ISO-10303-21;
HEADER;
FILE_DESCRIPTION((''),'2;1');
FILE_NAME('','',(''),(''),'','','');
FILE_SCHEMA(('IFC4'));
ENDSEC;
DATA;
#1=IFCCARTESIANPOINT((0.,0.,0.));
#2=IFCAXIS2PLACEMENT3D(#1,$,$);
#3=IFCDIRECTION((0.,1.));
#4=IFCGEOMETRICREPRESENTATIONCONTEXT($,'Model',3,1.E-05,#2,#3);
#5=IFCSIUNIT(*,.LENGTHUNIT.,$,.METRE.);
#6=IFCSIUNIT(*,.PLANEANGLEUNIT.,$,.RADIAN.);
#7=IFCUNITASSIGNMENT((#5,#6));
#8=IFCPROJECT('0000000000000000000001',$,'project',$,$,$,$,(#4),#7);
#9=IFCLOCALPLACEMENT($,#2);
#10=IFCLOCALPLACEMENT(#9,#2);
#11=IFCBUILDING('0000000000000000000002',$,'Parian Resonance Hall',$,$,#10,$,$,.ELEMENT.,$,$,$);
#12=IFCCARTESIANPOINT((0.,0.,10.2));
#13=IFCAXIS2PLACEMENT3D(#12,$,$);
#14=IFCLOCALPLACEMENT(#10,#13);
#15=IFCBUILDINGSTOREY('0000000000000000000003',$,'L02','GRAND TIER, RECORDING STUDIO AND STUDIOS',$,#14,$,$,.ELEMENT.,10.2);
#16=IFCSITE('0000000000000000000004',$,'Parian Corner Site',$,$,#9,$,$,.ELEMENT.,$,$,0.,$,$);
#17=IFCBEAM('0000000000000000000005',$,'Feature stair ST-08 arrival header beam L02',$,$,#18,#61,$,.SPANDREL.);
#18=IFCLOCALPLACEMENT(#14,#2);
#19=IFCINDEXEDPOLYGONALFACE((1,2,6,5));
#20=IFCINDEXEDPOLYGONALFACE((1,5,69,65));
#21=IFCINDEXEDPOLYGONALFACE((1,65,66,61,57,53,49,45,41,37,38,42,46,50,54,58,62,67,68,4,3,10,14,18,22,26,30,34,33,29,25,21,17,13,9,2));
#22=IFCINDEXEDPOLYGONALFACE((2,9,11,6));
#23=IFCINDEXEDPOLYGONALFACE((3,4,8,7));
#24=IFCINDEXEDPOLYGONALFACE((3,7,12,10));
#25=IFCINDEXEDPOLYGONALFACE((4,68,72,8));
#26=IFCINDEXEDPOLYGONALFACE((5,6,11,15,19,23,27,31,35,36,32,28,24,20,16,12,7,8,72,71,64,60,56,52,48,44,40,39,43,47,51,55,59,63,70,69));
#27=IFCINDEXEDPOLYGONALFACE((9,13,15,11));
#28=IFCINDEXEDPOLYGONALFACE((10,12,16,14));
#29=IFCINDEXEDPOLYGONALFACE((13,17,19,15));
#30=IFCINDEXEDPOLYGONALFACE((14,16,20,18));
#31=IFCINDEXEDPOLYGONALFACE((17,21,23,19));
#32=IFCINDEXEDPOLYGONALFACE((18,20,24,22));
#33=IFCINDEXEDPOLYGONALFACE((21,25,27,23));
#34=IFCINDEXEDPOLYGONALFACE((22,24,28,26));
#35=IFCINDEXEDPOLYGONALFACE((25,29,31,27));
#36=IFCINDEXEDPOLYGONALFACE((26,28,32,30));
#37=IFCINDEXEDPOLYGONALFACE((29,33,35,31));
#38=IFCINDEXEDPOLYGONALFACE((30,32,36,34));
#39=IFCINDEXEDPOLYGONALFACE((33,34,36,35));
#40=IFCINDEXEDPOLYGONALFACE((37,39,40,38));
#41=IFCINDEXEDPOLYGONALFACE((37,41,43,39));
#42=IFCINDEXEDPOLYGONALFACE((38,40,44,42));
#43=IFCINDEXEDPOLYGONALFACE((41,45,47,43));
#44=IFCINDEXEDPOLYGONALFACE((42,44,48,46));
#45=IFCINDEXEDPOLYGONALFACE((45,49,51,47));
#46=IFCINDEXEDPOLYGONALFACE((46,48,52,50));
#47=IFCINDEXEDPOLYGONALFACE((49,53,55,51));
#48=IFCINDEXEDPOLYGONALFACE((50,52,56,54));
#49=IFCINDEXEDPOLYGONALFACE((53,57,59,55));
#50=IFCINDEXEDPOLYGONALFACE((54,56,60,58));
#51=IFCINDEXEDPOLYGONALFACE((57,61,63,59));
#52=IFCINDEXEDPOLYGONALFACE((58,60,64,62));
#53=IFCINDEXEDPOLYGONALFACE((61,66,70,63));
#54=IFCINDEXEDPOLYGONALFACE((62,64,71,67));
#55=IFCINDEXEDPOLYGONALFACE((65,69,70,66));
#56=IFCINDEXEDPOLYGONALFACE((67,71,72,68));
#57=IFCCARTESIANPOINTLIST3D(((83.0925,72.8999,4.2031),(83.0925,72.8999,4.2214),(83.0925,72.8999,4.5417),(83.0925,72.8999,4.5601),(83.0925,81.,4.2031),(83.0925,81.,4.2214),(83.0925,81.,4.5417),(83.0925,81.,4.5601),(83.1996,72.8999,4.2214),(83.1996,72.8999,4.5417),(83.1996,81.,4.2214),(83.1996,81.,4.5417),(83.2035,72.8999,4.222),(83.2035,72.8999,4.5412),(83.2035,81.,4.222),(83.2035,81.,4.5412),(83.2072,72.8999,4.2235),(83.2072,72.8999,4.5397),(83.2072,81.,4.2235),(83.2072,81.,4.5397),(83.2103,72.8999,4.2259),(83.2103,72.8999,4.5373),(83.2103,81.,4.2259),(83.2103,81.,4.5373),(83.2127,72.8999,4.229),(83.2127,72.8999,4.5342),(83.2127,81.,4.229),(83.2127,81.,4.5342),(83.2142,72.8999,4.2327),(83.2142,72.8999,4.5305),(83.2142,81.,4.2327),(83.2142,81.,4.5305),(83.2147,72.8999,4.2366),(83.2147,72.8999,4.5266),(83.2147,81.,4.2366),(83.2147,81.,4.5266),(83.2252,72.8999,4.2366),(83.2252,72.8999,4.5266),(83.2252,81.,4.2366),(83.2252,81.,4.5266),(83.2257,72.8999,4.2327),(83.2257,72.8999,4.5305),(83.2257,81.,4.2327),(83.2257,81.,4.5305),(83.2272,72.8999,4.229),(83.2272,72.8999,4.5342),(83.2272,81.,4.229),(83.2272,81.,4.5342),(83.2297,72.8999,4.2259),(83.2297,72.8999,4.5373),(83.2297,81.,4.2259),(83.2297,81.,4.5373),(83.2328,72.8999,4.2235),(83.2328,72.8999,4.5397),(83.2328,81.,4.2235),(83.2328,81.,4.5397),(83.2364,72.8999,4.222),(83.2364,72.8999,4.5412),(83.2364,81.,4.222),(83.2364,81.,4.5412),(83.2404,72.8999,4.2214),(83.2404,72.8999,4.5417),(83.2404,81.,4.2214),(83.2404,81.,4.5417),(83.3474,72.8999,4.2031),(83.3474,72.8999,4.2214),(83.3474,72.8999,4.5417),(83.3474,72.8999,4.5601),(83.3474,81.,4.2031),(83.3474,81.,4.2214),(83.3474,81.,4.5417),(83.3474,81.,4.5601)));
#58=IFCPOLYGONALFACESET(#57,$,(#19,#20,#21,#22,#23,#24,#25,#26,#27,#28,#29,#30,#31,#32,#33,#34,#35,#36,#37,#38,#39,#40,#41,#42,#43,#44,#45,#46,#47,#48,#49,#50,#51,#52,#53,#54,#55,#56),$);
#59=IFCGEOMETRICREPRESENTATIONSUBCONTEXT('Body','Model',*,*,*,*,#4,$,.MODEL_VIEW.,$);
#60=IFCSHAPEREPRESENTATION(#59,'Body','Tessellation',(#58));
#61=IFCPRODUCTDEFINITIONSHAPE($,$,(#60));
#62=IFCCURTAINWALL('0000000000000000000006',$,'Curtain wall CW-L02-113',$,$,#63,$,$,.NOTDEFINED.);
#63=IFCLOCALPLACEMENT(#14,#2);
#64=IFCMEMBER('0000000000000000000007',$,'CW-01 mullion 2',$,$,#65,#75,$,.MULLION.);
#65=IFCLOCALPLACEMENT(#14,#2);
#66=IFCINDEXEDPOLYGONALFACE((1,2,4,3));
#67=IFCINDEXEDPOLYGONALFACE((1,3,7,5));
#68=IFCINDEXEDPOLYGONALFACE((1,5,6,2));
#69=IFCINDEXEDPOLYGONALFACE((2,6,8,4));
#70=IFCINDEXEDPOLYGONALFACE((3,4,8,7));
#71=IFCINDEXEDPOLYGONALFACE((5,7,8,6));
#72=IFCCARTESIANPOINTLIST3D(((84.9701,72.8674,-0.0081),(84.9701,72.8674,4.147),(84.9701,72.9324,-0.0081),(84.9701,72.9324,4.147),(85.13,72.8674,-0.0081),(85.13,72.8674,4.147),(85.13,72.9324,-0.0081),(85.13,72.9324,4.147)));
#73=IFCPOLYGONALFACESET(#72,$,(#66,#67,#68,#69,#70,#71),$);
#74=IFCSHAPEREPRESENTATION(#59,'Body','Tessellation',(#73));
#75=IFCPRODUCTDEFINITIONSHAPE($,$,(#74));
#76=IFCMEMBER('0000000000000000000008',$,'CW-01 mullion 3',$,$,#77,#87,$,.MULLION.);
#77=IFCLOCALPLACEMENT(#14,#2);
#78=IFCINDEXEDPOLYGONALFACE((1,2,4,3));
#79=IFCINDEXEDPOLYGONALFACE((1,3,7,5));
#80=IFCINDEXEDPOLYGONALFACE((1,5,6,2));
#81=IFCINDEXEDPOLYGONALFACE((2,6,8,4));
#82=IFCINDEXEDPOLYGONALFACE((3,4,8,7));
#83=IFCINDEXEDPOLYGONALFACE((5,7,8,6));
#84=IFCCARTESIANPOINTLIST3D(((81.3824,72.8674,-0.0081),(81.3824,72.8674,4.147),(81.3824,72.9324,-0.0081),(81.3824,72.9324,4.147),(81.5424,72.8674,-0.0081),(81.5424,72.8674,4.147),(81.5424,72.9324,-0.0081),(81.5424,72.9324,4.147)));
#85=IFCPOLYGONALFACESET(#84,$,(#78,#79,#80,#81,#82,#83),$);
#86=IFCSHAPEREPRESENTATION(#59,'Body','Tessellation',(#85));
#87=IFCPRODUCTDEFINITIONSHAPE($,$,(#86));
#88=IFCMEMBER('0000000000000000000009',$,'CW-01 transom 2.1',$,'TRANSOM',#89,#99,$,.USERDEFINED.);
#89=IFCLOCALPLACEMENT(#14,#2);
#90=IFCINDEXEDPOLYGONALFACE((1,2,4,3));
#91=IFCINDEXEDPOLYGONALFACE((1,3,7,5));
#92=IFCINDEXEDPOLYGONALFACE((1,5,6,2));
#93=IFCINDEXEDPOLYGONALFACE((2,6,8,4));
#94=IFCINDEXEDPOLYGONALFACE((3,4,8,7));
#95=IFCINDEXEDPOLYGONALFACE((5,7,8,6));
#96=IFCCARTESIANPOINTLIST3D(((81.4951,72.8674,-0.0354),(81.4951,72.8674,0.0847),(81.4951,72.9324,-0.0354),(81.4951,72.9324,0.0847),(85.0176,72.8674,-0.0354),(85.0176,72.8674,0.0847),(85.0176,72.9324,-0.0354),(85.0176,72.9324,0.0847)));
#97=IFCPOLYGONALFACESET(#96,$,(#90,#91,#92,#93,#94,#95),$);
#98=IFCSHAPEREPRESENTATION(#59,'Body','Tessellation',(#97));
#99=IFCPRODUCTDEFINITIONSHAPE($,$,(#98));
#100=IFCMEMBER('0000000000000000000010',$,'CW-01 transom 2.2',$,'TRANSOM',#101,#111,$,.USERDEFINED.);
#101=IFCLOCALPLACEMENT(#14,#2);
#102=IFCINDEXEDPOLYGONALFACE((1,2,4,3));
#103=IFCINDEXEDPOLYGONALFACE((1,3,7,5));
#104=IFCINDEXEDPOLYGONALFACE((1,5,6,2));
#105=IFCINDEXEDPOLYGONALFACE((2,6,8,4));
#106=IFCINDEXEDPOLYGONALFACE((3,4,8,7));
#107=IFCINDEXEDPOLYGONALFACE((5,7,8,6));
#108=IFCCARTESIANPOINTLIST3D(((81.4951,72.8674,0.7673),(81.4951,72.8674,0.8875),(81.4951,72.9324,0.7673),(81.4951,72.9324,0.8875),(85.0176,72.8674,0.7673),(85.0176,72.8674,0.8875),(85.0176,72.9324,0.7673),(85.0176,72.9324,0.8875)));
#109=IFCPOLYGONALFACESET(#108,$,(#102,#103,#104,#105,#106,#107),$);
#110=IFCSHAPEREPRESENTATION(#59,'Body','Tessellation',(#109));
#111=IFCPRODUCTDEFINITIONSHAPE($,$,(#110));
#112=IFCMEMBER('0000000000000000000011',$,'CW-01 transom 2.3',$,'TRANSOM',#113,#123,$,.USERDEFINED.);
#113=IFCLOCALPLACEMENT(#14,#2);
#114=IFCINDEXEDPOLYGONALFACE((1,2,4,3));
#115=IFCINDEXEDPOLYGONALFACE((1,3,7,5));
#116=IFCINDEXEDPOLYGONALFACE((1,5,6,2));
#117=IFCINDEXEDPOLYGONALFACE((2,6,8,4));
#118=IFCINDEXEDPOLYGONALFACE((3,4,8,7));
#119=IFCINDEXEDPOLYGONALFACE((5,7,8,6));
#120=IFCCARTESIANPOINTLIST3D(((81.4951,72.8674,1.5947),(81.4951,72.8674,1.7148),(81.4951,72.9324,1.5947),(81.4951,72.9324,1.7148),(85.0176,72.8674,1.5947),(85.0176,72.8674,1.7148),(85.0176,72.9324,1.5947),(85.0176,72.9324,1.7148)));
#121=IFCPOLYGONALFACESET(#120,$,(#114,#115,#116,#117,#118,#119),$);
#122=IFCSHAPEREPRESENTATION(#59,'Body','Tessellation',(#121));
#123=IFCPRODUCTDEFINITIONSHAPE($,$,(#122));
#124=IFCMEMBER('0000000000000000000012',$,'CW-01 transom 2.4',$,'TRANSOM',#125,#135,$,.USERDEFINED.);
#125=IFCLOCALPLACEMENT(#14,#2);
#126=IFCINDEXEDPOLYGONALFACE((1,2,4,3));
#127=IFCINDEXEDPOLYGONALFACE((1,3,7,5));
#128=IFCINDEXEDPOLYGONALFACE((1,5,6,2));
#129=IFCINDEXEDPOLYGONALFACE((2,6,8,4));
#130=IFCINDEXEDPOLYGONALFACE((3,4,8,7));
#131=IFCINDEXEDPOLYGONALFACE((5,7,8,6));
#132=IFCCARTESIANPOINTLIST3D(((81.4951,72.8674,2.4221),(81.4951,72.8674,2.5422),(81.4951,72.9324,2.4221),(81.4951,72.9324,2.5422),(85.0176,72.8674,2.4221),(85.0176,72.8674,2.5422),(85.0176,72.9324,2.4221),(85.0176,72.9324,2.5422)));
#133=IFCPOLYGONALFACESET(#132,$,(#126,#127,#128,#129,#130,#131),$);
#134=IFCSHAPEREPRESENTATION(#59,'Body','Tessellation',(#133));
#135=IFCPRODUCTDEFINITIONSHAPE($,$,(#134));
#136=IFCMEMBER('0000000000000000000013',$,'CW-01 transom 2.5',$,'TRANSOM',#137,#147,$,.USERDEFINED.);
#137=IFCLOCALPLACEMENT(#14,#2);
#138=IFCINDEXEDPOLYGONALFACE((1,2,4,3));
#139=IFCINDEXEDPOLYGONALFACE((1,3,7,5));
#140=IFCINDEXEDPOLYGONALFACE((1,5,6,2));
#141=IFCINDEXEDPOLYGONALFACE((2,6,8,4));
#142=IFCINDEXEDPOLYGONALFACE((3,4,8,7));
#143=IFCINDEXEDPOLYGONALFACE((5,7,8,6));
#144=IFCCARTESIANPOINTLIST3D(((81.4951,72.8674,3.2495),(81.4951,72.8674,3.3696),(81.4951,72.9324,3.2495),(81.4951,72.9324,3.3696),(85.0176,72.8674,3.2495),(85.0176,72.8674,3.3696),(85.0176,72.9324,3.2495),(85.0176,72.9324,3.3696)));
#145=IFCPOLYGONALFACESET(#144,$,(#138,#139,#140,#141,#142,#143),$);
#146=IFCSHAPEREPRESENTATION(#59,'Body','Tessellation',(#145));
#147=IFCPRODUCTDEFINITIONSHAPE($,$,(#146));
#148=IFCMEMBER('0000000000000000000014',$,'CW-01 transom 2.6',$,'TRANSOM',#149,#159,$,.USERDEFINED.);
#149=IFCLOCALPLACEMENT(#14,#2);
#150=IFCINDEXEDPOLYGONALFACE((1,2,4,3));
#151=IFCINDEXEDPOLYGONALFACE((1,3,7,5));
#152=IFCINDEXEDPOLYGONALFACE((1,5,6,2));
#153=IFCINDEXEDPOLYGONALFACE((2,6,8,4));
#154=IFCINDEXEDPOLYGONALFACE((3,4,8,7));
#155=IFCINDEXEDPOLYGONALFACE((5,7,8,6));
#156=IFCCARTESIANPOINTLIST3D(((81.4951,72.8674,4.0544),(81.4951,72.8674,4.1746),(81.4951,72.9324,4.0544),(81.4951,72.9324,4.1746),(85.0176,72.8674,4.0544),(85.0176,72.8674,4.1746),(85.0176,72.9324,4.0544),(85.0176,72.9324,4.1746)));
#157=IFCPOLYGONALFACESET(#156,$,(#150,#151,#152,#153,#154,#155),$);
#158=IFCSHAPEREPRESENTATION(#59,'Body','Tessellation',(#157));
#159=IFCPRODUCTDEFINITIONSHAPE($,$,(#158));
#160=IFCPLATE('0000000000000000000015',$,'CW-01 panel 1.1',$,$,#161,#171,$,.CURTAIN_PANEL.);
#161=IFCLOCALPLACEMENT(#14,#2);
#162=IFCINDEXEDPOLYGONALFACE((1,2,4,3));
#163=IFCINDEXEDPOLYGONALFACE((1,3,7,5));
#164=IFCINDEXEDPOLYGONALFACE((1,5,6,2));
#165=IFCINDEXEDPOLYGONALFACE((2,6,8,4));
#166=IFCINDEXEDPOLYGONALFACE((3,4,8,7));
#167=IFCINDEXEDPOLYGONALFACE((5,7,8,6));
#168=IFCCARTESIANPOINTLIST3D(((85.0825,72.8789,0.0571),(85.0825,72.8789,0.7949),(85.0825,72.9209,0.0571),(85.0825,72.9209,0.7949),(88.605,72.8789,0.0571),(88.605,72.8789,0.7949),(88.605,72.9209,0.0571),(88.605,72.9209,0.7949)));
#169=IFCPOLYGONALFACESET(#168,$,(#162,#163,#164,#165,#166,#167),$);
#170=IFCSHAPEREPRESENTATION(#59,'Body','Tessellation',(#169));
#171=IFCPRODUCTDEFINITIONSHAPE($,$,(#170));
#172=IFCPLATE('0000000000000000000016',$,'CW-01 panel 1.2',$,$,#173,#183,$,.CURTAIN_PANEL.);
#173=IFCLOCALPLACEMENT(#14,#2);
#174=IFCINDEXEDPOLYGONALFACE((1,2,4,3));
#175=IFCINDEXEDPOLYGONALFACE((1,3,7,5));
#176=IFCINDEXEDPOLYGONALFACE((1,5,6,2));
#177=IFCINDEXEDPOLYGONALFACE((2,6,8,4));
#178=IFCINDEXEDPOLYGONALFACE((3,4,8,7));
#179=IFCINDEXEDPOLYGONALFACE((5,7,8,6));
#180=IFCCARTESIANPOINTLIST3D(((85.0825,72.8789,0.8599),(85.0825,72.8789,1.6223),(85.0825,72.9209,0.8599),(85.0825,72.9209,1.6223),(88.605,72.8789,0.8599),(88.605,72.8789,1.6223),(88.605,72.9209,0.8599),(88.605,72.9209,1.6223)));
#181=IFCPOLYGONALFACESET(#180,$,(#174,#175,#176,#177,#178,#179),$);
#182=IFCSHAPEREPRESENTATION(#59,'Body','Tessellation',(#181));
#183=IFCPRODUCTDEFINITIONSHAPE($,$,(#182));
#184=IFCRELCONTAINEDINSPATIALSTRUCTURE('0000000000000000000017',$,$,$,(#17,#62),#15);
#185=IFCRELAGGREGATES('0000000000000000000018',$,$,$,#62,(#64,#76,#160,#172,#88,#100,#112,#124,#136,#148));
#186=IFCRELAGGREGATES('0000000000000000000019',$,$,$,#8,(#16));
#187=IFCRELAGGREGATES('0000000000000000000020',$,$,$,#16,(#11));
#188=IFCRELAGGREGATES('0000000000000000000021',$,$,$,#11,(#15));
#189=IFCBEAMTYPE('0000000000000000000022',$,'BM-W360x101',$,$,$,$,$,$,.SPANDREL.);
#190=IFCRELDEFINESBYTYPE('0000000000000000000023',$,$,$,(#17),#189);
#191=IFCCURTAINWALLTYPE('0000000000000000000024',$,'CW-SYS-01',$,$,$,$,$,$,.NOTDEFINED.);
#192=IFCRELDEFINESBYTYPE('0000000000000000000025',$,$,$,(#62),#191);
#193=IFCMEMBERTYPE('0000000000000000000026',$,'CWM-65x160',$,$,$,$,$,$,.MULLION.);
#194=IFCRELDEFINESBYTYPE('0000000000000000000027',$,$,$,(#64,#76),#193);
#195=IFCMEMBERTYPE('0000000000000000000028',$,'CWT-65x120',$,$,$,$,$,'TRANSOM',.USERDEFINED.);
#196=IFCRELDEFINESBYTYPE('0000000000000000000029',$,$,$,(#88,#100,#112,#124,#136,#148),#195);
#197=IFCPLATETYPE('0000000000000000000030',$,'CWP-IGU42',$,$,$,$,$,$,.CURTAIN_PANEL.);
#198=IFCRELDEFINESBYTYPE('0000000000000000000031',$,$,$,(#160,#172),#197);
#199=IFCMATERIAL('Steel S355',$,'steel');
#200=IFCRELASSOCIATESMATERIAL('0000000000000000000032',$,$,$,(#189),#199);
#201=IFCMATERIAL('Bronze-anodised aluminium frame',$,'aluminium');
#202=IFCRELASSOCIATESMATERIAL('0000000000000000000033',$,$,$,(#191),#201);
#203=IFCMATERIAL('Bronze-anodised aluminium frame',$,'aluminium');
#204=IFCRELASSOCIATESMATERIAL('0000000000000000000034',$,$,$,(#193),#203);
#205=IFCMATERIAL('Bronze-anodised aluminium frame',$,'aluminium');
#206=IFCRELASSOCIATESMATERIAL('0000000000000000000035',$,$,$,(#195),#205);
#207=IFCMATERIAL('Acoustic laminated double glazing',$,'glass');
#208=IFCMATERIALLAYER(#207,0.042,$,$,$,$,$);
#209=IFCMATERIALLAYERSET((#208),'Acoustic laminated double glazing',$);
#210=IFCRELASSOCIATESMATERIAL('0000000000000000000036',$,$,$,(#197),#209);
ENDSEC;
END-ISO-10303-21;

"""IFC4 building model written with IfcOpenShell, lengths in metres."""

from ifc_helpers import new_model, si_unit, direction, frame, origin, origin_2d, place, context, subcontext, project, spatial, rectangle, i_section, extrude, material, layer, layer_set, material_profile, profile_set, type_object, element, aggregate, save


model = new_model("IFC4")

# Units and contexts
model_context = context("Model", 3, precision=1e-05, world=origin(), true_north=direction((0.0, 1.0)))
body_context = subcontext(model_context, "Body", "Model", "MODEL_VIEW")
ifc_project = project(units=[si_unit("LENGTHUNIT", "METRE"), si_unit("PLANEANGLEUNIT", "RADIAN")], contexts=[model_context])

# Site, building, storey
site_placement = place(None, origin())
site = spatial("IfcSite", under=ifc_project, at=site_placement, Name="Parian Corner Site", CompositionType="ELEMENT", RefElevation=0.0)
building_placement = place(site_placement, origin())
building = spatial("IfcBuilding", under=site, at=building_placement, Name="Parian Resonance Hall", CompositionType="ELEMENT")
storey_placement = place(building_placement, frame((0.0, 0.0, 10.2)))
storey = spatial("IfcBuildingStorey", under=building, at=storey_placement, Name="L02", Description="GRAND TIER, RECORDING STUDIO AND STUDIOS", CompositionType="ELEMENT", Elevation=10.2)

# Beam
ifc_material_1 = material(Name="Steel S355", Category="steel")
ifc_material_profile_1 = material_profile(ifc_material_1, i_section(OverallWidth=0.2549, OverallDepth=0.3569, WebThickness=0.0105, FlangeThickness=0.0183, FilletRadius=0.0151, at=origin_2d()), Name="W360x101")
ifc_profile_set_1 = profile_set([ifc_material_profile_1], Name="Steel S355")
beam_type = type_object("IfcBeamType", Name="BM-W360x101", PredefinedType="SPANDREL", material=ifc_profile_set_1)
beam_placement = place(storey_placement, frame((83.22, 72.8999, 4.3816), z_axis=(0.0, 1.0, 0.0), x_axis=(-1.0, 0.0, 0.0)))
element("IfcBeam", 1, at=beam_placement, inside=storey, type_object=beam_type, Name="Feature stair ST-08 arrival header beam L02", PredefinedType="SPANDREL", context=body_context, shape_type="SweptSolid", body=[
    extrude(i_section(OverallWidth=0.2549, OverallDepth=0.3569, WebThickness=0.0105, FlangeThickness=0.0183, FilletRadius=0.0151, at=origin_2d()), origin(), (0.0, 0.0, 1.0), 8.1001),
])

# Curtain wall, members, plates
ifc_material_2 = material(Name="Bronze-anodised aluminium frame", Category="aluminium")
curtain_wall_type = type_object("IfcCurtainWallType", Name="CW-SYS-01", PredefinedType="NOTDEFINED", material=ifc_material_2)
curtain_wall_placement = place(storey_placement, origin())
curtain_wall = element("IfcCurtainWall", 2, at=curtain_wall_placement, inside=storey, type_object=curtain_wall_type, Name="Curtain wall CW-L02-113", PredefinedType="NOTDEFINED")
ifc_material_3 = material(Name="Bronze-anodised aluminium frame", Category="aluminium")
ifc_material_profile_2 = material_profile(ifc_material_3, rectangle(XDim=0.0649, YDim=0.1599, at=origin_2d()), Name="CWM-65x160")
ifc_profile_set_2 = profile_set([ifc_material_profile_2], Name="Bronze-anodised aluminium frame")
member_type_1 = type_object("IfcMemberType", Name="CWM-65x160", PredefinedType="MULLION", material=ifc_profile_set_2)
member_1_placement = place(storey_placement, frame((85.05, 72.8999, -0.0081), z_axis=(0.0, 0.0, 1.0), x_axis=(0.0, -1.0, 0.0)))
member_1 = element("IfcMember", 3, at=member_1_placement, type_object=member_type_1, Name="CW-01 mullion 2", PredefinedType="MULLION", context=body_context, shape_type="SweptSolid", body=[
    extrude(rectangle(XDim=0.0649, YDim=0.1599, at=origin_2d()), origin(), (0.0, 0.0, 1.0), 4.155),
])
member_2_placement = place(storey_placement, frame((81.4624, 72.8999, -0.0081), z_axis=(0.0, 0.0, 1.0), x_axis=(0.0, -1.0, 0.0)))
member_2 = element("IfcMember", 4, at=member_2_placement, type_object=member_type_1, Name="CW-01 mullion 3", PredefinedType="MULLION", context=body_context, shape_type="SweptSolid", body=[
    extrude(rectangle(XDim=0.0649, YDim=0.1599, at=origin_2d()), origin(), (0.0, 0.0, 1.0), 4.155),
])
ifc_material_4 = material(Name="Bronze-anodised aluminium frame", Category="aluminium")
ifc_material_profile_3 = material_profile(ifc_material_4, rectangle(XDim=0.0649, YDim=0.1201, at=origin_2d()), Name="CWT-65x120")
ifc_profile_set_3 = profile_set([ifc_material_profile_3], Name="Bronze-anodised aluminium frame")
member_type_2 = type_object("IfcMemberType", Name="CWT-65x120", ElementType="TRANSOM", PredefinedType="USERDEFINED", material=ifc_profile_set_3)
member_3_placement = place(storey_placement, frame((85.0176, 72.8999, 0.0247), z_axis=(-1.0, 0.0, 0.0), x_axis=(0.0, -1.0, 0.0)))
member_3 = element("IfcMember", 5, at=member_3_placement, type_object=member_type_2, Name="CW-01 transom 2.1", ObjectType="TRANSOM", PredefinedType="USERDEFINED", context=body_context, shape_type="SweptSolid", body=[
    extrude(rectangle(XDim=0.0649, YDim=0.1201, at=origin_2d()), origin(), (0.0, 0.0, 1.0), 3.5225),
])
member_4_placement = place(storey_placement, frame((85.0176, 72.8999, 0.8274), z_axis=(-1.0, 0.0, 0.0), x_axis=(0.0, -1.0, 0.0)))
member_4 = element("IfcMember", 6, at=member_4_placement, type_object=member_type_2, Name="CW-01 transom 2.2", ObjectType="TRANSOM", PredefinedType="USERDEFINED", context=body_context, shape_type="SweptSolid", body=[
    extrude(rectangle(XDim=0.0649, YDim=0.1201, at=origin_2d()), origin(), (0.0, 0.0, 1.0), 3.5225),
])
member_5_placement = place(storey_placement, frame((85.0176, 72.8999, 1.6548), z_axis=(-1.0, 0.0, 0.0), x_axis=(0.0, -1.0, 0.0)))
member_5 = element("IfcMember", 7, at=member_5_placement, type_object=member_type_2, Name="CW-01 transom 2.3", ObjectType="TRANSOM", PredefinedType="USERDEFINED", context=body_context, shape_type="SweptSolid", body=[
    extrude(rectangle(XDim=0.0649, YDim=0.1201, at=origin_2d()), origin(), (0.0, 0.0, 1.0), 3.5225),
])
member_6_placement = place(storey_placement, frame((85.0176, 72.8999, 2.4822), z_axis=(-1.0, 0.0, 0.0), x_axis=(0.0, -1.0, 0.0)))
member_6 = element("IfcMember", 8, at=member_6_placement, type_object=member_type_2, Name="CW-01 transom 2.4", ObjectType="TRANSOM", PredefinedType="USERDEFINED", context=body_context, shape_type="SweptSolid", body=[
    extrude(rectangle(XDim=0.0649, YDim=0.1201, at=origin_2d()), origin(), (0.0, 0.0, 1.0), 3.5225),
])
member_7_placement = place(storey_placement, frame((85.0176, 72.8999, 3.3096), z_axis=(-1.0, 0.0, 0.0), x_axis=(0.0, -1.0, 0.0)))
member_7 = element("IfcMember", 9, at=member_7_placement, type_object=member_type_2, Name="CW-01 transom 2.5", ObjectType="TRANSOM", PredefinedType="USERDEFINED", context=body_context, shape_type="SweptSolid", body=[
    extrude(rectangle(XDim=0.0649, YDim=0.1201, at=origin_2d()), origin(), (0.0, 0.0, 1.0), 3.5225),
])
member_8_placement = place(storey_placement, frame((85.0176, 72.8999, 4.1145), z_axis=(-1.0, 0.0, 0.0), x_axis=(0.0, -1.0, 0.0)))
member_8 = element("IfcMember", 10, at=member_8_placement, type_object=member_type_2, Name="CW-01 transom 2.6", ObjectType="TRANSOM", PredefinedType="USERDEFINED", context=body_context, shape_type="SweptSolid", body=[
    extrude(rectangle(XDim=0.0649, YDim=0.1201, at=origin_2d()), origin(), (0.0, 0.0, 1.0), 3.5225),
])
ifc_material_5 = material(Name="Acoustic laminated double glazing", Category="glass")
ifc_layer = layer(ifc_material_5, 0.042)
ifc_layer_set = layer_set([ifc_layer], Name="Acoustic laminated double glazing")
plate_type = type_object("IfcPlateType", Name="CWP-IGU42", PredefinedType="CURTAIN_PANEL", material=ifc_layer_set)
plate_1_placement = place(storey_placement, frame((86.8438, 72.8999, 0.0571), z_axis=(0.0, 0.0, 1.0), x_axis=(-1.0, 0.0, 0.0)))
plate_1 = element("IfcPlate", 11, at=plate_1_placement, type_object=plate_type, Name="CW-01 panel 1.1", PredefinedType="CURTAIN_PANEL", context=body_context, shape_type="SweptSolid", body=[
    extrude(rectangle(XDim=3.5225, YDim=0.042, at=origin_2d()), origin(), (0.0, 0.0, 1.0), 0.7378),
])
plate_2_placement = place(storey_placement, frame((86.8438, 72.8999, 0.8599), z_axis=(0.0, 0.0, 1.0), x_axis=(-1.0, 0.0, 0.0)))
plate_2 = element("IfcPlate", 12, at=plate_2_placement, type_object=plate_type, Name="CW-01 panel 1.2", PredefinedType="CURTAIN_PANEL", context=body_context, shape_type="SweptSolid", body=[
    extrude(rectangle(XDim=3.5225, YDim=0.042, at=origin_2d()), origin(), (0.0, 0.0, 1.0), 0.7625),
])
aggregate(curtain_wall, [member_1, member_2, plate_1, plate_2, member_3, member_4, member_5, member_6, member_7, member_8])

save(model, "model.ifc")
